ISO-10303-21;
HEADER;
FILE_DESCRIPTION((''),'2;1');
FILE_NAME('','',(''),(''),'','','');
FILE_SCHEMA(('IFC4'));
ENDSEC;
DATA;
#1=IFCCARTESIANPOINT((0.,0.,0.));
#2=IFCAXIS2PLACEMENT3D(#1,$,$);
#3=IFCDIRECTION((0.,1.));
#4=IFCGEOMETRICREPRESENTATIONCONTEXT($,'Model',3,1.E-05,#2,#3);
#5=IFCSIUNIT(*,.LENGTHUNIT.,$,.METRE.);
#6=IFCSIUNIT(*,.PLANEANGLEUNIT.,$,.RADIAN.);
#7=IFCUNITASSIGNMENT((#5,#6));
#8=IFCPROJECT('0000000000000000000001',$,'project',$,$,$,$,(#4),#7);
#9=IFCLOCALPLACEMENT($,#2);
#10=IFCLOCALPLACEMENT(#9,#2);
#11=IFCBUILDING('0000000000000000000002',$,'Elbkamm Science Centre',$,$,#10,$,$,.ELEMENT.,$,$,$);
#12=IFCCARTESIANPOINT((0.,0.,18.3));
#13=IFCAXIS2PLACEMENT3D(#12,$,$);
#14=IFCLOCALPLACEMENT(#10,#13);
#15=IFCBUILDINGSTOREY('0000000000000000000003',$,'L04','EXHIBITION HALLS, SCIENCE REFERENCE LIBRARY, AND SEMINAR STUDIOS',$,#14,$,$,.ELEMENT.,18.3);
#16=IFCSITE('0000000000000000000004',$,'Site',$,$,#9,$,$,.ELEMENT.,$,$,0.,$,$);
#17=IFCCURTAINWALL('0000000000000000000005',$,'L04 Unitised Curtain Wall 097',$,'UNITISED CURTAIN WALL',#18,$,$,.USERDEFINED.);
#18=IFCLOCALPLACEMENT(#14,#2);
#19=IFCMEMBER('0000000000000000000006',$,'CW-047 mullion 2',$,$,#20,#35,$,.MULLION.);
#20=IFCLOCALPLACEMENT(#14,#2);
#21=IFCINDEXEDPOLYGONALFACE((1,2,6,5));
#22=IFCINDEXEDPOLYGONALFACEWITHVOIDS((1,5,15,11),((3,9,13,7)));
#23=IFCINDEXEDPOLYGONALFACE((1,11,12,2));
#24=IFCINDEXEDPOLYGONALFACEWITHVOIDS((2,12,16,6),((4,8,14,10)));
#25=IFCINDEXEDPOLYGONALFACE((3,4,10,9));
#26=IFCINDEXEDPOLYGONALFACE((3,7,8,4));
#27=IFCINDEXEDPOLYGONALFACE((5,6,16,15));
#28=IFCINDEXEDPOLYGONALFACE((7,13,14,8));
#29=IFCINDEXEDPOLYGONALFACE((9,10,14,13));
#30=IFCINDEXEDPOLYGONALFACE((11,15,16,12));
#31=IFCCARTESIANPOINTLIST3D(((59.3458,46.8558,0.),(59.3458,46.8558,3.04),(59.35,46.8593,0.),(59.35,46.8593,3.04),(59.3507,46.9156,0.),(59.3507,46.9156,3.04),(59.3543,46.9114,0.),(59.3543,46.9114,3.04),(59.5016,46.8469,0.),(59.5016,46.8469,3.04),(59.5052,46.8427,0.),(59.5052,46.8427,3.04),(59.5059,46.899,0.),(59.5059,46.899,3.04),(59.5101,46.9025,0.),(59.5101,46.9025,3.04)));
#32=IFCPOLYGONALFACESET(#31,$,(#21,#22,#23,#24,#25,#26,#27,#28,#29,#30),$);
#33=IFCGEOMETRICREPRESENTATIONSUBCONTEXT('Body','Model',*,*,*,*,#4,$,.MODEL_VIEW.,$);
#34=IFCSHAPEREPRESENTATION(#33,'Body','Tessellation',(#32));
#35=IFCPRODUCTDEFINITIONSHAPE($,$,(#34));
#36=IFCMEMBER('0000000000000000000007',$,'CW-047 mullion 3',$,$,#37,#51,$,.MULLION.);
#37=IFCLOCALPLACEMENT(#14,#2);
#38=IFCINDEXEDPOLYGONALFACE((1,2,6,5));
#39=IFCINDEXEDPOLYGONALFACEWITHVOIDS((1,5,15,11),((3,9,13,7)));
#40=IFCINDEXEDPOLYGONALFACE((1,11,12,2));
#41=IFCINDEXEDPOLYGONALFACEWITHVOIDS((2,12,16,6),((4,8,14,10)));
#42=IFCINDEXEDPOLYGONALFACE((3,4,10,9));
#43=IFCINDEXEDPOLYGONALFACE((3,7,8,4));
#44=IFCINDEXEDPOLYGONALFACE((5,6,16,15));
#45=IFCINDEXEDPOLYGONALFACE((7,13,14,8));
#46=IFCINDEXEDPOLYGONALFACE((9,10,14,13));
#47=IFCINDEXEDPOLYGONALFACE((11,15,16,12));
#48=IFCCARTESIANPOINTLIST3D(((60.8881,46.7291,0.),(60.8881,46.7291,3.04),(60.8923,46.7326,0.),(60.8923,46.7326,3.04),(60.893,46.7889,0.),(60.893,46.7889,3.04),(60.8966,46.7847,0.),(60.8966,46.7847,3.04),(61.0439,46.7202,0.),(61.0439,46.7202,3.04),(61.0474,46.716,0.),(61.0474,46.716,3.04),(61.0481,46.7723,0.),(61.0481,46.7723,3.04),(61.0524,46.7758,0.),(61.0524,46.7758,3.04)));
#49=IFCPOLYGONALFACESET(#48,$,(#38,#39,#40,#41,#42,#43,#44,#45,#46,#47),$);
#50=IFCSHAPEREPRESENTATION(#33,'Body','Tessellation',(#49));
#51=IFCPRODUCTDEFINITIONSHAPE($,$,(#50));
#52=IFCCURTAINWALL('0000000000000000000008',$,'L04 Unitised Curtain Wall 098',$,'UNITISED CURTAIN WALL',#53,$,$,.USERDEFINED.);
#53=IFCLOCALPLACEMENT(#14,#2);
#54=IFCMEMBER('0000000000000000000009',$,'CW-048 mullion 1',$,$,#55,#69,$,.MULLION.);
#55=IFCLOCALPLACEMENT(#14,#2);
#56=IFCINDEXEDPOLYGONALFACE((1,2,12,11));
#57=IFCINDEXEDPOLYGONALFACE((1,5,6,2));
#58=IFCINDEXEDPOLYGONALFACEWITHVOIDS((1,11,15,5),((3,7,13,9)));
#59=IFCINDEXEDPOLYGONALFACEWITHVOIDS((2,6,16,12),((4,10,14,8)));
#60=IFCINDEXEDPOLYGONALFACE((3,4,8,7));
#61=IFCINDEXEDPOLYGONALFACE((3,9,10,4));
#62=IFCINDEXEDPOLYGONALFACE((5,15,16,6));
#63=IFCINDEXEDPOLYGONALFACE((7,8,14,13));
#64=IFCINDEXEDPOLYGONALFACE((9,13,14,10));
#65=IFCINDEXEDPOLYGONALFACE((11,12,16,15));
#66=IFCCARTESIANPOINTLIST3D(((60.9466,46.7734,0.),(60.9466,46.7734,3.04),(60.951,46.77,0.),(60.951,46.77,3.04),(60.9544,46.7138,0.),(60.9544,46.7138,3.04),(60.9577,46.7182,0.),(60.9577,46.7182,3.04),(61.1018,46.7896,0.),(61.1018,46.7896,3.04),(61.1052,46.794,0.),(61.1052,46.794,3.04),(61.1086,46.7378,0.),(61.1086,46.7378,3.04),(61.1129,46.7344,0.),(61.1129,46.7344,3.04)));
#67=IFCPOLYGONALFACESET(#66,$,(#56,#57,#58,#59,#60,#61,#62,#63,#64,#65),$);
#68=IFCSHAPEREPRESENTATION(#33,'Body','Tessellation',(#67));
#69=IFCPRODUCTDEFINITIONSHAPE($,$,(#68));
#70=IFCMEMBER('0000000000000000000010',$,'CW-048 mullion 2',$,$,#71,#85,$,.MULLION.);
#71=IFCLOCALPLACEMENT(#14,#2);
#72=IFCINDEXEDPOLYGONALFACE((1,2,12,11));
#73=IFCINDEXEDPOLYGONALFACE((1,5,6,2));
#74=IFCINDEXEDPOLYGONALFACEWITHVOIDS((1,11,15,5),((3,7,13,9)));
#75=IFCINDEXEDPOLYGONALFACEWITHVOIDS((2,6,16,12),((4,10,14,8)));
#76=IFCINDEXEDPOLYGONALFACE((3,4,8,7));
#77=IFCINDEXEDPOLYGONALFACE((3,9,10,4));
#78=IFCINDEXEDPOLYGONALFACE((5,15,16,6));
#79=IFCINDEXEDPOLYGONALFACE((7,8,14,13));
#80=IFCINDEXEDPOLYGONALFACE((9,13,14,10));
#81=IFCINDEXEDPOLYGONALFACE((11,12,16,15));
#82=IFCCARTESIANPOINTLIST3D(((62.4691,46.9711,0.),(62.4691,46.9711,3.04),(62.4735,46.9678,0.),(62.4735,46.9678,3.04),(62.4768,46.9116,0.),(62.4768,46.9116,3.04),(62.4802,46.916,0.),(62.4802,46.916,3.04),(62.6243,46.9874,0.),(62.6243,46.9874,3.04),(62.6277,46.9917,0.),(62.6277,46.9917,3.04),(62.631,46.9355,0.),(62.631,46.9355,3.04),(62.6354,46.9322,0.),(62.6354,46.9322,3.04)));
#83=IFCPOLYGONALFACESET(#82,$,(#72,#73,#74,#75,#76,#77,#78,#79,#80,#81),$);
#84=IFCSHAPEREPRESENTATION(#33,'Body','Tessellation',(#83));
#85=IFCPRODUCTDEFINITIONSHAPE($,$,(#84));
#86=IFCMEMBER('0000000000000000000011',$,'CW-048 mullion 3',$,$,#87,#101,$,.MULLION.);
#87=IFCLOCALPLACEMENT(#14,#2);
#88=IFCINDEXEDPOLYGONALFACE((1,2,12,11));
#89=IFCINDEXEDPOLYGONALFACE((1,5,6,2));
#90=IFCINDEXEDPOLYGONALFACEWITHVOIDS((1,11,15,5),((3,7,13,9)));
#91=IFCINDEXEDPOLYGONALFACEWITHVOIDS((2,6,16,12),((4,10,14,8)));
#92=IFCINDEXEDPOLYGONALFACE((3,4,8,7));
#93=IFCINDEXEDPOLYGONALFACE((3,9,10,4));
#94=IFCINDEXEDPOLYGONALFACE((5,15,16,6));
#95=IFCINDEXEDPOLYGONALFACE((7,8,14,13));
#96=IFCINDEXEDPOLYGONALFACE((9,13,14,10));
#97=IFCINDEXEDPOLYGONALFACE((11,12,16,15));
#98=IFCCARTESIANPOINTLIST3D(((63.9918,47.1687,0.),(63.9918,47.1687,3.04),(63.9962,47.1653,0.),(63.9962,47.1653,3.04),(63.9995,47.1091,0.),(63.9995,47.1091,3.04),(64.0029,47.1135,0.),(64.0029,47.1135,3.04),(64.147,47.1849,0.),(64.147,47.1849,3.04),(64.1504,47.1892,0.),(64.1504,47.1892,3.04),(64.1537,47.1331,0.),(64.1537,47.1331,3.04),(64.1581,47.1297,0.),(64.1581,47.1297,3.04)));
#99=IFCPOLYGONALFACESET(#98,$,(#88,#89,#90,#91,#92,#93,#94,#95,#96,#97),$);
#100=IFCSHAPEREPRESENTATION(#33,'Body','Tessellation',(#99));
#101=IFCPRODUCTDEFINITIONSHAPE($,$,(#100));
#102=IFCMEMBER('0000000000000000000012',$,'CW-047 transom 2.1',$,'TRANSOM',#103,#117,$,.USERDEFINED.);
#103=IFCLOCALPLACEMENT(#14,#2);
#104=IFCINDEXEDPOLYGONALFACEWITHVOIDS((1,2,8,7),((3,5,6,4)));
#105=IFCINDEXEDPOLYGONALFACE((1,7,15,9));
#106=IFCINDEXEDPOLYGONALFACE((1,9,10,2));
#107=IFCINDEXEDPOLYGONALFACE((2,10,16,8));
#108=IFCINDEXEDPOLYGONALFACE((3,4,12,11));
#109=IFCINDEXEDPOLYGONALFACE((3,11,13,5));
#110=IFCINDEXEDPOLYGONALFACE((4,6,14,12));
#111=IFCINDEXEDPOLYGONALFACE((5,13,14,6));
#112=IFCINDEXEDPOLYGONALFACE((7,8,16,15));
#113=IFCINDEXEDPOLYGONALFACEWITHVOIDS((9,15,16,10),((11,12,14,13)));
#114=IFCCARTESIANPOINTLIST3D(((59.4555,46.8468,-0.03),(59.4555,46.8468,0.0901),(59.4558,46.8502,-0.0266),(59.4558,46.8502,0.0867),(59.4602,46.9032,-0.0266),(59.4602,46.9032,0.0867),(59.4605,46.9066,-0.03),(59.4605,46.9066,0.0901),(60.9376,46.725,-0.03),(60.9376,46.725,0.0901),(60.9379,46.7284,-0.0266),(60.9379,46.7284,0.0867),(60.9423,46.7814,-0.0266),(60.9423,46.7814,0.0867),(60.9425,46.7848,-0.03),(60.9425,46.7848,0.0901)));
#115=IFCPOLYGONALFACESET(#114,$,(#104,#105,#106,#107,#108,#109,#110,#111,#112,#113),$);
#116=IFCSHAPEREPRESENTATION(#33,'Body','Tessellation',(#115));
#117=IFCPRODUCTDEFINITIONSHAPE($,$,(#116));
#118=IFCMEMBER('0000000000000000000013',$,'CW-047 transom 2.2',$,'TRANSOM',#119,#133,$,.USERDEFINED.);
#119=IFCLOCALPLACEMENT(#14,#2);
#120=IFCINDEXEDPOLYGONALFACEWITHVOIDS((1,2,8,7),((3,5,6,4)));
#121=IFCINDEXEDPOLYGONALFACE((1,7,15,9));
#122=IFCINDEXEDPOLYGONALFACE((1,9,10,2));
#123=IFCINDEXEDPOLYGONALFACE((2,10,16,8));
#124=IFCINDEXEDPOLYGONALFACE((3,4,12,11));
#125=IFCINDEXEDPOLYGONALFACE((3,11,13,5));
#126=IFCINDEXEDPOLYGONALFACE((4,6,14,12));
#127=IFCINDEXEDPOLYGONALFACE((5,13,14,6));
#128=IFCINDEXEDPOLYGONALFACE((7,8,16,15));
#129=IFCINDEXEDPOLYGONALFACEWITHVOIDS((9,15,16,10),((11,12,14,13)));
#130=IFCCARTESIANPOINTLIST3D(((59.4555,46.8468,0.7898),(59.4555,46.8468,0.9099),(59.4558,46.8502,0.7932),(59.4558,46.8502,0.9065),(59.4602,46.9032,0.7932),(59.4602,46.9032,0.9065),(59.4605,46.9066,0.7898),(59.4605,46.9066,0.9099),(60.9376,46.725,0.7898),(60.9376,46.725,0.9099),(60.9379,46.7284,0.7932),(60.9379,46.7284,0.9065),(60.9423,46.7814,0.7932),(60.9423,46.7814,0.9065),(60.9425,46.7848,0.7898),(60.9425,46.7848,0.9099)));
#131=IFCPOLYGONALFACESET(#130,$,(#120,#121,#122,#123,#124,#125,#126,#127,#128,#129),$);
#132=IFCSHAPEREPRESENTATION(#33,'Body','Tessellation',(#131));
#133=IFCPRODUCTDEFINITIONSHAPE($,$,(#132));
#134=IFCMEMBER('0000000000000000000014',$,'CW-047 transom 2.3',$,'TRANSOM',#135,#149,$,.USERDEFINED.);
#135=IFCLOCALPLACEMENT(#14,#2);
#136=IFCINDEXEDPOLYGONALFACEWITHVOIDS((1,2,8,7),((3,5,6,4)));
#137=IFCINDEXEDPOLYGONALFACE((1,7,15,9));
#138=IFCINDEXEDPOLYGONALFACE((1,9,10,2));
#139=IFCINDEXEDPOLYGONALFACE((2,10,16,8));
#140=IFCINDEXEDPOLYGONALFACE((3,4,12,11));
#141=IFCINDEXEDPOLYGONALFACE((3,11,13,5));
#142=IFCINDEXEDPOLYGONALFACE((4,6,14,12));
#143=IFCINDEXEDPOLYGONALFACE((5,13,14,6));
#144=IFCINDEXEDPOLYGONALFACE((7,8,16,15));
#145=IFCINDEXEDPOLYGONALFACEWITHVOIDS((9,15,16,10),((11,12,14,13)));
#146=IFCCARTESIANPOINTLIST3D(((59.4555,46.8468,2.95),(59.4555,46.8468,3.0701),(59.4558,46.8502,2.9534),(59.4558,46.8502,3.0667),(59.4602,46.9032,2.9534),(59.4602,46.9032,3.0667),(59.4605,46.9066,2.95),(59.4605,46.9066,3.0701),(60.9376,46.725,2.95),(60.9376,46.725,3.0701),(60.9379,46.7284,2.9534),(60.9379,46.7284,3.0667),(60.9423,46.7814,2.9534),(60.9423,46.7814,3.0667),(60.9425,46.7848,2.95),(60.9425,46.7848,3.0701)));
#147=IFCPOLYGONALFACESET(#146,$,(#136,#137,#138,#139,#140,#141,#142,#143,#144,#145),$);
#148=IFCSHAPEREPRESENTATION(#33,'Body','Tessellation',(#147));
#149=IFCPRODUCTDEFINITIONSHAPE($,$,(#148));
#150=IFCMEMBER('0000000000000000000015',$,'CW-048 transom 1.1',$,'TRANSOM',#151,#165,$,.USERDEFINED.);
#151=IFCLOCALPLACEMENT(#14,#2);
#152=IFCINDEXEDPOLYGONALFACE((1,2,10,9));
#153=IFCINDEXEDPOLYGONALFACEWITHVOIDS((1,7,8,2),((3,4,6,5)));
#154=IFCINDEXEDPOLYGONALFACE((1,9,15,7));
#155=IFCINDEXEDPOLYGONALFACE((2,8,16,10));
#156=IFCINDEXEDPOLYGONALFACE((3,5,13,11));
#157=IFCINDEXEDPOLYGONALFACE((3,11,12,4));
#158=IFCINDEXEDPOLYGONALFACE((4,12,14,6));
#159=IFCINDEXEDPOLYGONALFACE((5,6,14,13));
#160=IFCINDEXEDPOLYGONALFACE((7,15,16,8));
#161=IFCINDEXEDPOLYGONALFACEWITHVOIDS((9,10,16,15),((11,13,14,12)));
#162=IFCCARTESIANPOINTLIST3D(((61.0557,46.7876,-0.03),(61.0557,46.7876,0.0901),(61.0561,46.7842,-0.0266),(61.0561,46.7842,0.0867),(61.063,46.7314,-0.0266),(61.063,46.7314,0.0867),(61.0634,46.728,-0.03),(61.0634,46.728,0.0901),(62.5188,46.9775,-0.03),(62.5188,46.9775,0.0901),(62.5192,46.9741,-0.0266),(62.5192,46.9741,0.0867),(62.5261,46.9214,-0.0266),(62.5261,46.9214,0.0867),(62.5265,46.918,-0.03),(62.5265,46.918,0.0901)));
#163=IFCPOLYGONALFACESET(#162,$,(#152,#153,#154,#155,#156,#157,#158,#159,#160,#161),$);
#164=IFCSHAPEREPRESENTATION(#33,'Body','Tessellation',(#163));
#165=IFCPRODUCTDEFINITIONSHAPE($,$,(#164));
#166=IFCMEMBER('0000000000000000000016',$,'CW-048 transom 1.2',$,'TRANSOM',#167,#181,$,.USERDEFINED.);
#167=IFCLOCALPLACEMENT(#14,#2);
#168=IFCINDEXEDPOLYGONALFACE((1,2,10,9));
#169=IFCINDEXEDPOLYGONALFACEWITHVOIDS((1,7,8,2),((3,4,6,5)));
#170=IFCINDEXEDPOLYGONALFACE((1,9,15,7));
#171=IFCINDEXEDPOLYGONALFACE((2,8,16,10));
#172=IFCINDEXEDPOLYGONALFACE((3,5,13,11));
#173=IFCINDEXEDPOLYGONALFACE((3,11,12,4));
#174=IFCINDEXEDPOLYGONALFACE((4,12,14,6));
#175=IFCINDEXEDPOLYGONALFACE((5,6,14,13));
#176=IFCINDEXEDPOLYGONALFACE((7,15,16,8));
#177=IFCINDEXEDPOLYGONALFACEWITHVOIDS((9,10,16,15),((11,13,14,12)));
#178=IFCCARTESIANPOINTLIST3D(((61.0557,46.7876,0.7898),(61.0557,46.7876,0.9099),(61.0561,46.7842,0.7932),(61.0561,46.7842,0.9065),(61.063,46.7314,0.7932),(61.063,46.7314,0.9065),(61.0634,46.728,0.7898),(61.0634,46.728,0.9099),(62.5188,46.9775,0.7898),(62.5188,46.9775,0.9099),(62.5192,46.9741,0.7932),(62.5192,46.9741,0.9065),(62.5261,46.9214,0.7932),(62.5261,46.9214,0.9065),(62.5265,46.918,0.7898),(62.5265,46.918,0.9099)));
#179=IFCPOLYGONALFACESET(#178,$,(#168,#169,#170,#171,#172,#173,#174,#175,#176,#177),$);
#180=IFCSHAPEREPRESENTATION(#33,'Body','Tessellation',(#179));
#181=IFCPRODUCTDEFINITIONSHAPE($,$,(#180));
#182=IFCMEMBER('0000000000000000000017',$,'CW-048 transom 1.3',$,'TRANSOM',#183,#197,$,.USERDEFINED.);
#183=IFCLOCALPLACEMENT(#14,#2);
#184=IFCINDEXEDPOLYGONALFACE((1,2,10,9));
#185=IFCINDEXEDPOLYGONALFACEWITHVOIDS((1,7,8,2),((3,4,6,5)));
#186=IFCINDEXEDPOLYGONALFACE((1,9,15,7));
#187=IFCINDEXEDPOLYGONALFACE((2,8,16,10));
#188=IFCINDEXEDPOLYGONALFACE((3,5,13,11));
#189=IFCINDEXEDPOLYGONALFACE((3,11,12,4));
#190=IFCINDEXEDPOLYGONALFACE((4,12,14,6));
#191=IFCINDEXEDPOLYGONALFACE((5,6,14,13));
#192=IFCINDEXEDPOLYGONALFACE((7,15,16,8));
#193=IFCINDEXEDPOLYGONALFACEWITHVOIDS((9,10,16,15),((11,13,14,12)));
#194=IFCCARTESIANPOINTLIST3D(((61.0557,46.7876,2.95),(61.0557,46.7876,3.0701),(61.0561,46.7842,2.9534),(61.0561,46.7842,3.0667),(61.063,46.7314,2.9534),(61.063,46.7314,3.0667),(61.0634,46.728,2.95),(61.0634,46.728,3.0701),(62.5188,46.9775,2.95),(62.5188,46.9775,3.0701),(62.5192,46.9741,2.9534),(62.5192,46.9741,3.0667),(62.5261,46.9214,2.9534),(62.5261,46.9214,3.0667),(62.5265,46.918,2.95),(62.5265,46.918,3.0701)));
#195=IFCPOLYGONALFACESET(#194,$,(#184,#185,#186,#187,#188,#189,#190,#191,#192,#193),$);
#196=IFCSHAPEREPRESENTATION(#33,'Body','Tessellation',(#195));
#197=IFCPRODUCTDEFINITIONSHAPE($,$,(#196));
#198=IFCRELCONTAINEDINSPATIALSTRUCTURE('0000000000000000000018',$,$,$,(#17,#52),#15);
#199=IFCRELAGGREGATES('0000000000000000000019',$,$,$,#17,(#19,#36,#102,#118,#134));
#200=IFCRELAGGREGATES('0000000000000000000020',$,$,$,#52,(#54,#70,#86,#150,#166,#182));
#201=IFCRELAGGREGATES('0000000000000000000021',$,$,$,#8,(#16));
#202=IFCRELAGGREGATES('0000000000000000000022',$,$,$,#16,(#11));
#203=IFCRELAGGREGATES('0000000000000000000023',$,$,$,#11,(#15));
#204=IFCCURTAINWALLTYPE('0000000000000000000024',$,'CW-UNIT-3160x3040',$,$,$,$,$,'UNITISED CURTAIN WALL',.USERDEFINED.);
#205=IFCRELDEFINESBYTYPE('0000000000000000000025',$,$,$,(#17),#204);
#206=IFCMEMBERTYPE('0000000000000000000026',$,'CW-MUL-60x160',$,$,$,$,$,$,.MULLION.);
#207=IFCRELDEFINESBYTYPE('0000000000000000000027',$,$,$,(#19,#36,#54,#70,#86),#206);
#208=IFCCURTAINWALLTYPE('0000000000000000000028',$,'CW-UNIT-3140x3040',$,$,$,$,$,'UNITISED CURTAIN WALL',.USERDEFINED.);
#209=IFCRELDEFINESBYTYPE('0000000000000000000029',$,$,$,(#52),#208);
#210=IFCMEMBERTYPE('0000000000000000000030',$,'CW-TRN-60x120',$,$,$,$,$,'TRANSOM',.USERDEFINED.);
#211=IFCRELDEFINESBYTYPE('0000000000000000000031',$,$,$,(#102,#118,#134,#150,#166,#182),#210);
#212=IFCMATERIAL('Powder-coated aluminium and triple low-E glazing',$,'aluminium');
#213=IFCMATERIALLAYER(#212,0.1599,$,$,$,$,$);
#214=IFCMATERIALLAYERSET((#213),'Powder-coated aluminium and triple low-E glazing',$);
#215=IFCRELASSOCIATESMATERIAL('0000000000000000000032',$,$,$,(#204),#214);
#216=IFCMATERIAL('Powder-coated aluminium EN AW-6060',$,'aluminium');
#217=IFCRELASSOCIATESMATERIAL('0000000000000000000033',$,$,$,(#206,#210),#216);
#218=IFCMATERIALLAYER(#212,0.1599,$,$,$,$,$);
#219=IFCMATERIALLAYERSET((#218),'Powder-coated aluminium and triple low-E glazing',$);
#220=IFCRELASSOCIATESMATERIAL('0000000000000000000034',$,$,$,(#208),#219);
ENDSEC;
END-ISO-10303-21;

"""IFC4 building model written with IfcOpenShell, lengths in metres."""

from ifc_helpers import new_model, si_unit, direction, frame, origin, origin_2d, place, context, subcontext, project, spatial, hollow_rectangle, extrude, material, layer, layer_set, material_profile, profile_set, type_object, element, aggregate, save


model = new_model("IFC4")

# Units and contexts
model_context = context("Model", 3, precision=1e-05, world=origin(), true_north=direction((0.0, 1.0)))
body_context = subcontext(model_context, "Body", "Model", "MODEL_VIEW")
ifc_project = project(units=[si_unit("LENGTHUNIT", "METRE"), si_unit("PLANEANGLEUNIT", "RADIAN")], contexts=[model_context])

# Site, building, storey
site_placement = place(None, origin())
site = spatial("IfcSite", under=ifc_project, at=site_placement, Name="Site", CompositionType="ELEMENT", RefElevation=0.0)
building_placement = place(site_placement, origin())
building = spatial("IfcBuilding", under=site, at=building_placement, Name="Elbkamm Science Centre", CompositionType="ELEMENT")
storey_placement = place(building_placement, frame((0.0, 0.0, 18.3)))
storey = spatial("IfcBuildingStorey", under=building, at=storey_placement, Name="L04", Description="EXHIBITION HALLS, SCIENCE REFERENCE LIBRARY, AND SEMINAR STUDIOS", CompositionType="ELEMENT", Elevation=18.3)

# Curtain walls, members
ifc_material_1 = material(Name="Powder-coated aluminium and triple low-E glazing", Category="aluminium")
ifc_layer_1 = layer(ifc_material_1, 0.1599)
ifc_layer_set_1 = layer_set([ifc_layer_1], Name="Powder-coated aluminium and triple low-E glazing")
curtain_wall_type_1 = type_object("IfcCurtainWallType", Name="CW-UNIT-3160x3040", ElementType="UNITISED CURTAIN WALL", PredefinedType="USERDEFINED", material=ifc_layer_set_1)
curtain_wall_1_placement = place(storey_placement, origin())
curtain_wall_1 = element("IfcCurtainWall", 1, at=curtain_wall_1_placement, inside=storey, type_object=curtain_wall_type_1, Name="L04 Unitised Curtain Wall 097", ObjectType="UNITISED CURTAIN WALL", PredefinedType="USERDEFINED")
ifc_material_2 = material(Name="Powder-coated aluminium EN AW-6060", Category="aluminium")
ifc_material_profile_1 = material_profile(ifc_material_2, hollow_rectangle(XDim=0.0601, YDim=0.1599, WallThickness=0.0039, at=origin_2d()), Name="ALU M60x160")
ifc_profile_set_1 = profile_set([ifc_material_profile_1], Name="Powder-coated aluminium EN AW-6060")
member_type_1 = type_object("IfcMemberType", Name="CW-MUL-60x160", PredefinedType="MULLION", material=ifc_profile_set_1)
member_1_placement = place(storey_placement, frame((59.428, 46.8792, 0.0), z_axis=(0.0, 0.0, 1.0), x_axis=(0.08182, 0.996647, 0.0)))
member_1 = element("IfcMember", 2, at=member_1_placement, type_object=member_type_1, Name="CW-047 mullion 2", PredefinedType="MULLION", context=body_context, shape_type="SweptSolid", body=[
    extrude(hollow_rectangle(XDim=0.0601, YDim=0.1599, WallThickness=0.0039, at=origin_2d()), origin(), (0.0, 0.0, 1.0), 3.04),
])
member_2_placement = place(storey_placement, frame((60.9702, 46.7524, 0.0), z_axis=(0.0, 0.0, 1.0), x_axis=(0.08182, 0.996647, 0.0)))
member_2 = element("IfcMember", 3, at=member_2_placement, type_object=member_type_1, Name="CW-047 mullion 3", PredefinedType="MULLION", context=body_context, shape_type="SweptSolid", body=[
    extrude(hollow_rectangle(XDim=0.0601, YDim=0.1599, WallThickness=0.0039, at=origin_2d()), origin(), (0.0, 0.0, 1.0), 3.04),
])
ifc_layer_2 = layer(ifc_material_1, 0.1599)
ifc_layer_set_2 = layer_set([ifc_layer_2], Name="Powder-coated aluminium and triple low-E glazing")
curtain_wall_type_2 = type_object("IfcCurtainWallType", Name="CW-UNIT-3140x3040", ElementType="UNITISED CURTAIN WALL", PredefinedType="USERDEFINED", material=ifc_layer_set_2)
curtain_wall_2_placement = place(storey_placement, origin())
curtain_wall_2 = element("IfcCurtainWall", 4, at=curtain_wall_2_placement, inside=storey, type_object=curtain_wall_type_2, Name="L04 Unitised Curtain Wall 098", ObjectType="UNITISED CURTAIN WALL", PredefinedType="USERDEFINED")
member_3_placement = place(storey_placement, frame((61.0298, 46.7539, 0.0), z_axis=(0.0, 0.0, 1.0), x_axis=(-0.128755, 0.991676, 0.0)))
member_3 = element("IfcMember", 5, at=member_3_placement, type_object=member_type_1, Name="CW-048 mullion 1", PredefinedType="MULLION", context=body_context, shape_type="SweptSolid", body=[
    extrude(hollow_rectangle(XDim=0.0601, YDim=0.1599, WallThickness=0.0039, at=origin_2d()), origin(), (0.0, 0.0, 1.0), 3.04),
])
member_4_placement = place(storey_placement, frame((62.5522, 46.9517, 0.0), z_axis=(0.0, 0.0, 1.0), x_axis=(-0.128755, 0.991676, 0.0)))
member_4 = element("IfcMember", 6, at=member_4_placement, type_object=member_type_1, Name="CW-048 mullion 2", PredefinedType="MULLION", context=body_context, shape_type="SweptSolid", body=[
    extrude(hollow_rectangle(XDim=0.0601, YDim=0.1599, WallThickness=0.0039, at=origin_2d()), origin(), (0.0, 0.0, 1.0), 3.04),
])
member_5_placement = place(storey_placement, frame((64.075, 47.1492, 0.0), z_axis=(0.0, 0.0, 1.0), x_axis=(-0.128755, 0.991676, 0.0)))
member_5 = element("IfcMember", 7, at=member_5_placement, type_object=member_type_1, Name="CW-048 mullion 3", PredefinedType="MULLION", context=body_context, shape_type="SweptSolid", body=[
    extrude(hollow_rectangle(XDim=0.0601, YDim=0.1599, WallThickness=0.0039, at=origin_2d()), origin(), (0.0, 0.0, 1.0), 3.04),
])

# Members
ifc_material_profile_2 = material_profile(ifc_material_2, hollow_rectangle(XDim=0.0601, YDim=0.1201, WallThickness=0.0034, at=origin_2d()), Name="ALU T60x120")
ifc_profile_set_2 = profile_set([ifc_material_profile_2], Name="Powder-coated aluminium EN AW-6060")
member_type_2 = type_object("IfcMemberType", Name="CW-TRN-60x120", ElementType="TRANSOM", PredefinedType="USERDEFINED", material=ifc_profile_set_2)
member_6_placement = place(storey_placement, frame((59.458, 46.8767, 0.03), z_axis=(0.996639, -0.081918, 0.0), x_axis=(0.081918, 0.996639, 0.0)))
member_6 = element("IfcMember", 8, at=member_6_placement, type_object=member_type_2, Name="CW-047 transom 2.1", ObjectType="TRANSOM", PredefinedType="USERDEFINED", context=body_context, shape_type="SweptSolid", body=[
    extrude(hollow_rectangle(XDim=0.0601, YDim=0.1201, WallThickness=0.0034, at=origin_2d()), origin(), (0.0, 0.0, 1.0), 1.4871),
])
member_7_placement = place(storey_placement, frame((59.458, 46.8767, 0.8499), z_axis=(0.996639, -0.081918, 0.0), x_axis=(0.081918, 0.996639, 0.0)))
member_7 = element("IfcMember", 9, at=member_7_placement, type_object=member_type_2, Name="CW-047 transom 2.2", ObjectType="TRANSOM", PredefinedType="USERDEFINED", context=body_context, shape_type="SweptSolid", body=[
    extrude(hollow_rectangle(XDim=0.0601, YDim=0.1201, WallThickness=0.0034, at=origin_2d()), origin(), (0.0, 0.0, 1.0), 1.4871),
])
member_8_placement = place(storey_placement, frame((59.458, 46.8767, 3.01), z_axis=(0.996639, -0.081918, 0.0), x_axis=(0.081918, 0.996639, 0.0)))
member_8 = element("IfcMember", 10, at=member_8_placement, type_object=member_type_2, Name="CW-047 transom 2.3", ObjectType="TRANSOM", PredefinedType="USERDEFINED", context=body_context, shape_type="SweptSolid", body=[
    extrude(hollow_rectangle(XDim=0.0601, YDim=0.1201, WallThickness=0.0034, at=origin_2d()), origin(), (0.0, 0.0, 1.0), 1.4871),
])
member_9_placement = place(storey_placement, frame((61.0596, 46.7578, 0.03), z_axis=(0.991679, 0.128738, 0.0), x_axis=(-0.128738, 0.991679, 0.0)))
member_9 = element("IfcMember", 11, at=member_9_placement, type_object=member_type_2, Name="CW-048 transom 1.1", ObjectType="TRANSOM", PredefinedType="USERDEFINED", context=body_context, shape_type="SweptSolid", body=[
    extrude(hollow_rectangle(XDim=0.0601, YDim=0.1201, WallThickness=0.0034, at=origin_2d()), origin(), (0.0, 0.0, 1.0), 1.4753),
])
member_10_placement = place(storey_placement, frame((61.0596, 46.7578, 0.8499), z_axis=(0.991679, 0.128738, 0.0), x_axis=(-0.128738, 0.991679, 0.0)))
member_10 = element("IfcMember", 12, at=member_10_placement, type_object=member_type_2, Name="CW-048 transom 1.2", ObjectType="TRANSOM", PredefinedType="USERDEFINED", context=body_context, shape_type="SweptSolid", body=[
    extrude(hollow_rectangle(XDim=0.0601, YDim=0.1201, WallThickness=0.0034, at=origin_2d()), origin(), (0.0, 0.0, 1.0), 1.4753),
])
member_11_placement = place(storey_placement, frame((61.0596, 46.7578, 3.01), z_axis=(0.991679, 0.128738, 0.0), x_axis=(-0.128738, 0.991679, 0.0)))
member_11 = element("IfcMember", 13, at=member_11_placement, type_object=member_type_2, Name="CW-048 transom 1.3", ObjectType="TRANSOM", PredefinedType="USERDEFINED", context=body_context, shape_type="SweptSolid", body=[
    extrude(hollow_rectangle(XDim=0.0601, YDim=0.1201, WallThickness=0.0034, at=origin_2d()), origin(), (0.0, 0.0, 1.0), 1.4753),
])

aggregate(curtain_wall_1, [member_1, member_2, member_6, member_7, member_8])
aggregate(curtain_wall_2, [member_3, member_4, member_5, member_9, member_10, member_11])

save(model, "model.ifc")
